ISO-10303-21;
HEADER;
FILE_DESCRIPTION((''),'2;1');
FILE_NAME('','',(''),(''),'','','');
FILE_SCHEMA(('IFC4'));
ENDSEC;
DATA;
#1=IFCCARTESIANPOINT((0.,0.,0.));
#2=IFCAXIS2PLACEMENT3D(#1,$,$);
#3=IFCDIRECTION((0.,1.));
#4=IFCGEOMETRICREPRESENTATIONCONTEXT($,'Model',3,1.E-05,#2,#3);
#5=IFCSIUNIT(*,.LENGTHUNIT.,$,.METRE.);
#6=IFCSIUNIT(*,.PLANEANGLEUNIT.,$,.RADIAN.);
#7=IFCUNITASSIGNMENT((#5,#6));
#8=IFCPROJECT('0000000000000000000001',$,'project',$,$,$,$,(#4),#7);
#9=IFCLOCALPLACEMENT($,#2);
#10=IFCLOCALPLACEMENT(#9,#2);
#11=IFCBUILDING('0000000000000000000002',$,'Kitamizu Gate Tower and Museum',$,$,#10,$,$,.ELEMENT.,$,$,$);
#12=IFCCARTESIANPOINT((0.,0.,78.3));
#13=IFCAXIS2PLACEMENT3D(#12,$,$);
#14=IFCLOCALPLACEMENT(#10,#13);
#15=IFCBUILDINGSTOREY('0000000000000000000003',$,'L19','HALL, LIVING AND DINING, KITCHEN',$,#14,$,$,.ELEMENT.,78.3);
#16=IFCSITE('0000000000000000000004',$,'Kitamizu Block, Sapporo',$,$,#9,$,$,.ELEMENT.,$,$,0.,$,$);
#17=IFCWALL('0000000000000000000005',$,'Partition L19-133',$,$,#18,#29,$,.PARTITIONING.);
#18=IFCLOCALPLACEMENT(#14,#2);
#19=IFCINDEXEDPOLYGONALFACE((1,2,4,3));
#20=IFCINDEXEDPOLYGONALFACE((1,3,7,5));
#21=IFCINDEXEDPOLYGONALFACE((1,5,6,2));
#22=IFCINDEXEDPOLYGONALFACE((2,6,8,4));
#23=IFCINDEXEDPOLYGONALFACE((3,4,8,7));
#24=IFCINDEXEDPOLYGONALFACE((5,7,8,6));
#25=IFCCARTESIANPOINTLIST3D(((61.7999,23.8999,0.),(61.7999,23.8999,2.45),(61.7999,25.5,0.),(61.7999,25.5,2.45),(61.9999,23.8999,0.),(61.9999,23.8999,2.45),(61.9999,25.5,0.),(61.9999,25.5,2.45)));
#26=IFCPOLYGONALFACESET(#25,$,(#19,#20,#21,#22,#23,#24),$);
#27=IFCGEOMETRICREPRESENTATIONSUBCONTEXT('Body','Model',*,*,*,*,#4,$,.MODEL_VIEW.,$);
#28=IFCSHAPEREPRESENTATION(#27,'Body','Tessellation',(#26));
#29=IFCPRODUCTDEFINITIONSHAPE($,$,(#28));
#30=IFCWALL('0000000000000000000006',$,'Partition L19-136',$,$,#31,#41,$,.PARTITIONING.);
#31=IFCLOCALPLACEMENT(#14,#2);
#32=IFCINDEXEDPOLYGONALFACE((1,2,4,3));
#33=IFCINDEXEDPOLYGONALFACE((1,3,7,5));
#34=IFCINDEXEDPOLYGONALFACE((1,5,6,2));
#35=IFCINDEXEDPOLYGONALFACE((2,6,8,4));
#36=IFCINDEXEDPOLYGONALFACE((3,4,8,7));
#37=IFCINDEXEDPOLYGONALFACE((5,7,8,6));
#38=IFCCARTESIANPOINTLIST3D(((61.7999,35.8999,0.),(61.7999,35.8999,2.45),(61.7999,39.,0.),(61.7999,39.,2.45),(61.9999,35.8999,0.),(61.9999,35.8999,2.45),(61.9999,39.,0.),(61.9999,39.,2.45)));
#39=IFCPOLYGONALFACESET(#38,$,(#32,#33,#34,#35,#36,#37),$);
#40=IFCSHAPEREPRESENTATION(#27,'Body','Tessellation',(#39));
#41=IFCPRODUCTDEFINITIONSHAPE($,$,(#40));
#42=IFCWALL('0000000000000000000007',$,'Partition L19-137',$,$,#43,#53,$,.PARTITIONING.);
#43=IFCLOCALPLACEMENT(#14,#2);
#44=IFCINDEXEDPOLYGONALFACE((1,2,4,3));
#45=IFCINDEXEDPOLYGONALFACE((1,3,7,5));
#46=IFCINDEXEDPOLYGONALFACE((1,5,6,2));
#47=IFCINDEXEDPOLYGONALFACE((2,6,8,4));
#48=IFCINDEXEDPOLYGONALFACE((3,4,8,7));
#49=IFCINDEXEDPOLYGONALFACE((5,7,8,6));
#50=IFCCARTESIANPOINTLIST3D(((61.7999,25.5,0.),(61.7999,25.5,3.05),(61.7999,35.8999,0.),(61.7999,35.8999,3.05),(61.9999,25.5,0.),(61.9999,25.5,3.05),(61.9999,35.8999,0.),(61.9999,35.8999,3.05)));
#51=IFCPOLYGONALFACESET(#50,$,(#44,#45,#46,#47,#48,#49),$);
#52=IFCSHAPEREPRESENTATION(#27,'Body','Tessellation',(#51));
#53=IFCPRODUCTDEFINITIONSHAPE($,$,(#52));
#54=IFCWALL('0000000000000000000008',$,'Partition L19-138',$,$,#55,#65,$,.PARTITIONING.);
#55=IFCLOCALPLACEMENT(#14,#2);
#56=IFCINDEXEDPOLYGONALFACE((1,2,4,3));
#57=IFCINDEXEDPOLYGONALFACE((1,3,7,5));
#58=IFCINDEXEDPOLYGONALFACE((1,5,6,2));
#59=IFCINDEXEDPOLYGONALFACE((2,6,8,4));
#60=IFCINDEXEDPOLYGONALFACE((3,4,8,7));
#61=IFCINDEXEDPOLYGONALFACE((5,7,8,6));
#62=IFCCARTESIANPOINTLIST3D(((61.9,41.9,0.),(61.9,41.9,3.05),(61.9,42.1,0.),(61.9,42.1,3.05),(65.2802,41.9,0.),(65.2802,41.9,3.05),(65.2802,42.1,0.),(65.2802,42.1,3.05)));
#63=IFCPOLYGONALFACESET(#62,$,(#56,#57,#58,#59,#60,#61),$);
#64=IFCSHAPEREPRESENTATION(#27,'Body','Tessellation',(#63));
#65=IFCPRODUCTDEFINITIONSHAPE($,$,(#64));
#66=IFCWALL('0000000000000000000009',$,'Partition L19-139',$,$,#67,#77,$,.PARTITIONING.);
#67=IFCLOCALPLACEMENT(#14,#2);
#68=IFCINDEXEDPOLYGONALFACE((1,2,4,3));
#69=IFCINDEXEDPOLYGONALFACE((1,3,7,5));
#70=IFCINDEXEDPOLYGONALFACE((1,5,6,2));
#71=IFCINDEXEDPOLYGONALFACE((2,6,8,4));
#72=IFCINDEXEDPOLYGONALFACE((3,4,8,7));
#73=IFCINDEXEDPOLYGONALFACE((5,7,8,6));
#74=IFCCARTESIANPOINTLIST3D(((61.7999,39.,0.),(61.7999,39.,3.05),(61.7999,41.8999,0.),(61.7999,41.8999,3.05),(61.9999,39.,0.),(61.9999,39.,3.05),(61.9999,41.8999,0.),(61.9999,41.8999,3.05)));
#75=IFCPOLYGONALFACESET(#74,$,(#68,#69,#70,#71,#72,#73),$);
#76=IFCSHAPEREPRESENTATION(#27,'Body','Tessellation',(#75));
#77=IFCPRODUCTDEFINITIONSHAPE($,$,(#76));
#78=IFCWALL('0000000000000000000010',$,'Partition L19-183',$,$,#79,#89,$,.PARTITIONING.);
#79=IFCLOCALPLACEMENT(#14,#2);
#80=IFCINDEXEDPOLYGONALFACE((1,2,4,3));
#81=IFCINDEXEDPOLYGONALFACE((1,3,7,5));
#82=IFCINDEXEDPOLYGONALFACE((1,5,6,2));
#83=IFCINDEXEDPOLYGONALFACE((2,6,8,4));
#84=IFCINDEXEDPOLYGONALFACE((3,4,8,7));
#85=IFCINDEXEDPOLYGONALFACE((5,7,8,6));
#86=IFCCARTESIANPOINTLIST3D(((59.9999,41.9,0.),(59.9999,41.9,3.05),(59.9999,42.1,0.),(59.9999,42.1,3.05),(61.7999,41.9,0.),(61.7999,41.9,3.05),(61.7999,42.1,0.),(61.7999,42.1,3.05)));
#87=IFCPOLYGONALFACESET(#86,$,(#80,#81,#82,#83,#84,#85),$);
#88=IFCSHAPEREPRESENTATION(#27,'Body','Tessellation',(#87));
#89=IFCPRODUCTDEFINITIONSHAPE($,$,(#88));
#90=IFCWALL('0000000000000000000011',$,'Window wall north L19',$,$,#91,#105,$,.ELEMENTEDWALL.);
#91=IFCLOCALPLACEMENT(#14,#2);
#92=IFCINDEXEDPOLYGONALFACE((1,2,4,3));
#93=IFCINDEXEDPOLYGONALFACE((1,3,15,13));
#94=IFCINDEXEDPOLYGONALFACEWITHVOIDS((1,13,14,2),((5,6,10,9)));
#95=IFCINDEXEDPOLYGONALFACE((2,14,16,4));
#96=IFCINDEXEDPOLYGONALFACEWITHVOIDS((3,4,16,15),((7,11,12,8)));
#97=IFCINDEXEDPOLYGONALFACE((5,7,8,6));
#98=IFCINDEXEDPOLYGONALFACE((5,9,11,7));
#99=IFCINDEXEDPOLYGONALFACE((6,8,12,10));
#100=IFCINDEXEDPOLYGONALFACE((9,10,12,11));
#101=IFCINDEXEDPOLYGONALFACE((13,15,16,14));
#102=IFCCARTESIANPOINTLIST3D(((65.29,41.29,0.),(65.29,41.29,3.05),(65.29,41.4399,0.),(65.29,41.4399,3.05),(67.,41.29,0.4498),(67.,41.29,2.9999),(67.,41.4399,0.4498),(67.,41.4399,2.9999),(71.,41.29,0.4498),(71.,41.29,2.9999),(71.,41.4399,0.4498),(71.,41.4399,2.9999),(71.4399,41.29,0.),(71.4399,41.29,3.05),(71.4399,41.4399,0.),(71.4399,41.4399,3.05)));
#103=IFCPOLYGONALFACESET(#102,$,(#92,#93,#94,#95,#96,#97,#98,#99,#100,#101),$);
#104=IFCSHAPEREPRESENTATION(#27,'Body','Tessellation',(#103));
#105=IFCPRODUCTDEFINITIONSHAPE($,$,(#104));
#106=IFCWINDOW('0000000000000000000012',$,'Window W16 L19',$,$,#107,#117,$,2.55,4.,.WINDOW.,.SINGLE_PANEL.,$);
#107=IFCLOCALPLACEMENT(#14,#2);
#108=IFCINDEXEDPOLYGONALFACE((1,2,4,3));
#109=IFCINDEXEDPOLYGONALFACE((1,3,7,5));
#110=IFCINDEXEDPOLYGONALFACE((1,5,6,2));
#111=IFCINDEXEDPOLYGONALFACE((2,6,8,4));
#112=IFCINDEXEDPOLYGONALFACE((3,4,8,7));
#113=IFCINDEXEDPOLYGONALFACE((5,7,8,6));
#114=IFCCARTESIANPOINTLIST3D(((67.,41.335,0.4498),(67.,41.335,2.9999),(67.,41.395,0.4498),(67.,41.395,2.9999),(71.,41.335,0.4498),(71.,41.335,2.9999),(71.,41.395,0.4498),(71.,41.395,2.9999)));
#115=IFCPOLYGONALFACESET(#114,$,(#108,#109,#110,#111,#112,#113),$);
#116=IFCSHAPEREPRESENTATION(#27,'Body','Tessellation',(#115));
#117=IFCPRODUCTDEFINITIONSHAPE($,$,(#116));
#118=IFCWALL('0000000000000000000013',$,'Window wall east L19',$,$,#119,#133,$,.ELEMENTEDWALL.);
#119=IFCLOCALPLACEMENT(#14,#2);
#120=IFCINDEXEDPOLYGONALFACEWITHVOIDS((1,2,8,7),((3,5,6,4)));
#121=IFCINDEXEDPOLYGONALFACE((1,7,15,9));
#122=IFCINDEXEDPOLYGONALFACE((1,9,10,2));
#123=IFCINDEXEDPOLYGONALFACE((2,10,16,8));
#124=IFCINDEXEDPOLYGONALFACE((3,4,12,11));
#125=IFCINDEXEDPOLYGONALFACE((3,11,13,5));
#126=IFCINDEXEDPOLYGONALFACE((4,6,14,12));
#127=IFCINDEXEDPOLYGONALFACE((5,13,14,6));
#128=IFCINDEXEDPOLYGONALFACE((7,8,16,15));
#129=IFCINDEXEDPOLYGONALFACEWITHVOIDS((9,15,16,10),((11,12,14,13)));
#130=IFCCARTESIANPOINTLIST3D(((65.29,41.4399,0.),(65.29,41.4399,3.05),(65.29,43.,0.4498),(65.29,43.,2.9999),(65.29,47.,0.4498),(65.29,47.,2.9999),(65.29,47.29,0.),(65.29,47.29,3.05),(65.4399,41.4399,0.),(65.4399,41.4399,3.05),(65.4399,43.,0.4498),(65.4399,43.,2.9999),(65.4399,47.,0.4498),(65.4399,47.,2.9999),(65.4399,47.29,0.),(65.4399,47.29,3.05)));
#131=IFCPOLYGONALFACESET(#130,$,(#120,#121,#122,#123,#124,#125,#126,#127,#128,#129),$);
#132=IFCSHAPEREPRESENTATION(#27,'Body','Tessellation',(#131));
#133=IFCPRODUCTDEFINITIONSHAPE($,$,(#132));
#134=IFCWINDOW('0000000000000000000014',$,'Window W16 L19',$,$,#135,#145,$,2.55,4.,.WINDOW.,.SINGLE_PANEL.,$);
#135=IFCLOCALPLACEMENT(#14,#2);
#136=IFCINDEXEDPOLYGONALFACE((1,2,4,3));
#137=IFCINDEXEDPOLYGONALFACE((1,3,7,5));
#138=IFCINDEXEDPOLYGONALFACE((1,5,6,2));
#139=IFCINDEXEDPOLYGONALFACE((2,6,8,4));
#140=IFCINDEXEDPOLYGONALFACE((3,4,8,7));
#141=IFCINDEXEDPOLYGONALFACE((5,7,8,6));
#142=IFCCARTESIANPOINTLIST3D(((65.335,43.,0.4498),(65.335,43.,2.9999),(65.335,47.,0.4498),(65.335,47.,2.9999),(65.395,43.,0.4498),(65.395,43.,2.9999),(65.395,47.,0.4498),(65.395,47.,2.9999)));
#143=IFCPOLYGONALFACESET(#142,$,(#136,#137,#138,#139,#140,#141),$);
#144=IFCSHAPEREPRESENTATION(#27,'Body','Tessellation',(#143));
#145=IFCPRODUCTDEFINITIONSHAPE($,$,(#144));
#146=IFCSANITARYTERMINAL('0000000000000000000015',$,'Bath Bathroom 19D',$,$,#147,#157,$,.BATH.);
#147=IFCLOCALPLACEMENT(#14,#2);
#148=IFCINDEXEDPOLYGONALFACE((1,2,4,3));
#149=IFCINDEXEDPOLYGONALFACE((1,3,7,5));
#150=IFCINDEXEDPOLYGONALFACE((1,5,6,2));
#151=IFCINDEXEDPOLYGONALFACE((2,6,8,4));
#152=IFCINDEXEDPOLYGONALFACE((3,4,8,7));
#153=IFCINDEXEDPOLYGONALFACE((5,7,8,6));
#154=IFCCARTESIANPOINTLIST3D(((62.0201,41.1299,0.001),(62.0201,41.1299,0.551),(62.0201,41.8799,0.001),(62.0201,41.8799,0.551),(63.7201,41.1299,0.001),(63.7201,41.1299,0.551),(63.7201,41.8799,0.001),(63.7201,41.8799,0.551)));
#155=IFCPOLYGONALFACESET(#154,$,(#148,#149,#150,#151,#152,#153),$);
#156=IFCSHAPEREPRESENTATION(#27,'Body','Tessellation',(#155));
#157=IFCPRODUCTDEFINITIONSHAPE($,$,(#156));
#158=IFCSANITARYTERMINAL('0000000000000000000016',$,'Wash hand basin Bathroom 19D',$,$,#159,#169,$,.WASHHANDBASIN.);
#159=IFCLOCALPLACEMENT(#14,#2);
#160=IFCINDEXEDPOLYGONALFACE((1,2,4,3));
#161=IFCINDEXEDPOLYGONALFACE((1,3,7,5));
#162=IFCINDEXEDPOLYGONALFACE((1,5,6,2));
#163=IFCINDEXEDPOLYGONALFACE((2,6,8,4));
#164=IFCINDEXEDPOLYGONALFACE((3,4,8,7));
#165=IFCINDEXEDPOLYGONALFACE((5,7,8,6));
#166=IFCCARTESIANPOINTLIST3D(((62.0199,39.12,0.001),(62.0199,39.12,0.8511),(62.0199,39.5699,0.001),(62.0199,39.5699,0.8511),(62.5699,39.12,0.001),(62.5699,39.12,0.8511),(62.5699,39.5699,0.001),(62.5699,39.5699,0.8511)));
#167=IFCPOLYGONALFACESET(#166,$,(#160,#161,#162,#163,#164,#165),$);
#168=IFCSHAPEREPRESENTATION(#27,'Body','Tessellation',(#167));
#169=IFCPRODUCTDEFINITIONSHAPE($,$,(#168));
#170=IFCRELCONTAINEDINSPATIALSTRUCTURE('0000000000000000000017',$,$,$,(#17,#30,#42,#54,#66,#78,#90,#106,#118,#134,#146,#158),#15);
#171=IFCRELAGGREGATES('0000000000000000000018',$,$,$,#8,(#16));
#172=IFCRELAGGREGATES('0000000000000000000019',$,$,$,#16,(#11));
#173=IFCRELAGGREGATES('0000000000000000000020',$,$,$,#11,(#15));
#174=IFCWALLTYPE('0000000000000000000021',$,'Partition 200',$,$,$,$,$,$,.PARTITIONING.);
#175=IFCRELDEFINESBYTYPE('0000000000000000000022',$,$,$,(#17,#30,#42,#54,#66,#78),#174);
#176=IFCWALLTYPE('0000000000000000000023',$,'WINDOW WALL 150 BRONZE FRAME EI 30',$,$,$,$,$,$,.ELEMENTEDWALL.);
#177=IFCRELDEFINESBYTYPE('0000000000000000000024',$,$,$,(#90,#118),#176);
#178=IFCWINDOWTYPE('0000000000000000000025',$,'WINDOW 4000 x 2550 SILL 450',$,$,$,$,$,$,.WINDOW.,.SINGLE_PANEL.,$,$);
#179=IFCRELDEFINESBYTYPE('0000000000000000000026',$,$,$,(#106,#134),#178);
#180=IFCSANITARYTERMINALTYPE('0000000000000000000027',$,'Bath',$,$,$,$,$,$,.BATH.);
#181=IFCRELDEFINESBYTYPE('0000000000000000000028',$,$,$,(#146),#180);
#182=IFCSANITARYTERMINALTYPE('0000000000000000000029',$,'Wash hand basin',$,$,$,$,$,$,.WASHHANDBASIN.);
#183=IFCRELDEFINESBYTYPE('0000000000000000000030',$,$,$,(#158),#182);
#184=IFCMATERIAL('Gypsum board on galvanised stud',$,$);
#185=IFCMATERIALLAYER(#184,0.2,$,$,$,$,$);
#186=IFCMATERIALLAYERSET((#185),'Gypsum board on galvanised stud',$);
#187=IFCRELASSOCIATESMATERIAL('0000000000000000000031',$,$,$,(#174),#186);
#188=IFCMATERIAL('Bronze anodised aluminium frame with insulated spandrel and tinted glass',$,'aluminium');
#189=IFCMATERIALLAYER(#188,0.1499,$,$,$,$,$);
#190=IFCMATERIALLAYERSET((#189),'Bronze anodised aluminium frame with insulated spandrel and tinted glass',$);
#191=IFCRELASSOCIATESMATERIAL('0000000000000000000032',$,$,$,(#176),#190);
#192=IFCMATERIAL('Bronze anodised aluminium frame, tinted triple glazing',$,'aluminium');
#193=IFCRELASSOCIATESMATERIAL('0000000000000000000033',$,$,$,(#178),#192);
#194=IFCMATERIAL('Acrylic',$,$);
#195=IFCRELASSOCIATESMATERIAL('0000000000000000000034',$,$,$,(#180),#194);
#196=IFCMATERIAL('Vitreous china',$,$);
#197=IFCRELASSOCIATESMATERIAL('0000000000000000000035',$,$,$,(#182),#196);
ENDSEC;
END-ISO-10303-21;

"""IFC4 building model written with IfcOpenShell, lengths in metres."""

from ifc_helpers import new_model, si_unit, direction, frame, frame_2d, origin, origin_2d, place, context, subcontext, project, spatial, rectangle, extrude, material, layer, layer_set, type_object, element, fill, save


model = new_model("IFC4")

# Units and contexts
model_context = context("Model", 3, precision=1e-05, world=origin(), true_north=direction((0.0, 1.0)))
body_context = subcontext(model_context, "Body", "Model", "MODEL_VIEW")
ifc_project = project(units=[si_unit("LENGTHUNIT", "METRE"), si_unit("PLANEANGLEUNIT", "RADIAN")], contexts=[model_context])

# Site, building, storey
site_placement = place(None, origin())
site = spatial("IfcSite", under=ifc_project, at=site_placement, Name="Kitamizu Block, Sapporo", CompositionType="ELEMENT", RefElevation=0.0)
building_placement = place(site_placement, origin())
building = spatial("IfcBuilding", under=site, at=building_placement, Name="Kitamizu Gate Tower and Museum", CompositionType="ELEMENT")
storey_placement = place(building_placement, frame((0.0, 0.0, 78.3)))
storey = spatial("IfcBuildingStorey", under=building, at=storey_placement, Name="L19", Description="HALL, LIVING AND DINING, KITCHEN", CompositionType="ELEMENT", Elevation=78.3)

# Walls
ifc_material_1 = material(Name="Gypsum board on galvanised stud")
ifc_layer_1 = layer(ifc_material_1, 0.2)
ifc_layer_set_1 = layer_set([ifc_layer_1], Name="Gypsum board on galvanised stud")
wall_type_1 = type_object("IfcWallType", Name="Partition 200", PredefinedType="PARTITIONING", material=ifc_layer_set_1)
wall_1_placement = place(storey_placement, frame((61.8999, 25.5, 0.0), z_axis=(0.0, 0.0, 1.0), x_axis=(0.0, -1.0, 0.0)))
element("IfcWall", 1, at=wall_1_placement, inside=storey, type_object=wall_type_1, Name="Partition L19-133", PredefinedType="PARTITIONING", context=body_context, shape_type="SweptSolid", body=[
    extrude(rectangle(XDim=1.6001, YDim=0.2, at=frame_2d((0.8, 0.0))), origin(), (0.0, 0.0, 1.0), 2.45),
])
wall_2_placement = place(storey_placement, frame((61.8999, 39.0, 0.0), z_axis=(0.0, 0.0, 1.0), x_axis=(0.0, -1.0, 0.0)))
element("IfcWall", 2, at=wall_2_placement, inside=storey, type_object=wall_type_1, Name="Partition L19-136", PredefinedType="PARTITIONING", context=body_context, shape_type="SweptSolid", body=[
    extrude(rectangle(XDim=3.1001, YDim=0.2, at=frame_2d((1.55, 0.0))), origin(), (0.0, 0.0, 1.0), 2.45),
])
wall_3_placement = place(storey_placement, frame((61.8999, 35.8999, 0.0), z_axis=(0.0, 0.0, 1.0), x_axis=(0.0, -1.0, 0.0)))
element("IfcWall", 3, at=wall_3_placement, inside=storey, type_object=wall_type_1, Name="Partition L19-137", PredefinedType="PARTITIONING", context=body_context, shape_type="SweptSolid", body=[
    extrude(rectangle(XDim=10.3999, YDim=0.2, at=frame_2d((5.2, 0.0))), origin(), (0.0, 0.0, 1.0), 3.05),
])
wall_4_placement = place(storey_placement, frame((65.28, 42.0, 0.0), z_axis=(0.0, 0.0, 1.0), x_axis=(-1.0, 0.0, 0.0)))
element("IfcWall", 4, at=wall_4_placement, inside=storey, type_object=wall_type_1, Name="Partition L19-138", PredefinedType="PARTITIONING", context=body_context, shape_type="SweptSolid", body=[
    extrude(rectangle(XDim=3.3801, YDim=0.2, at=frame_2d((1.6899, 0.0))), origin(), (0.0, 0.0, 1.0), 3.05),
])
wall_5_placement = place(storey_placement, frame((61.8999, 41.8999, 0.0), z_axis=(0.0, 0.0, 1.0), x_axis=(0.0, -1.0, 0.0)))
element("IfcWall", 5, at=wall_5_placement, inside=storey, type_object=wall_type_1, Name="Partition L19-139", PredefinedType="PARTITIONING", context=body_context, shape_type="SweptSolid", body=[
    extrude(rectangle(XDim=2.8999, YDim=0.2, at=frame_2d((1.45, 0.0))), origin(), (0.0, 0.0, 1.0), 3.05),
])
wall_6_placement = place(storey_placement, frame((60.0, 42.0, 0.0), z_axis=(0.0, 0.0, 1.0), x_axis=(1.0, 0.0, 0.0)))
element("IfcWall", 6, at=wall_6_placement, inside=storey, type_object=wall_type_1, Name="Partition L19-183", PredefinedType="PARTITIONING", context=body_context, shape_type="SweptSolid", body=[
    extrude(rectangle(XDim=1.8, YDim=0.2, at=frame_2d((0.8999, 0.0))), origin(), (0.0, 0.0, 1.0), 3.05),
])

# Walls, openings, windows
ifc_material_2 = material(Name="Bronze anodised aluminium frame with insulated spandrel and tinted glass", Category="aluminium")
ifc_layer_2 = layer(ifc_material_2, 0.1499)
ifc_layer_set_2 = layer_set([ifc_layer_2], Name="Bronze anodised aluminium frame with insulated spandrel and tinted glass")
wall_type_2 = type_object("IfcWallType", Name="WINDOW WALL 150 BRONZE FRAME EI 30", PredefinedType="ELEMENTEDWALL", material=ifc_layer_set_2)
wall_7_placement = place(storey_placement, frame((65.29, 41.365, 0.0), z_axis=(0.0, 0.0, 1.0), x_axis=(1.0, 0.0, 0.0)))
wall_7 = element("IfcWall", 7, at=wall_7_placement, inside=storey, type_object=wall_type_2, Name="Window wall north L19", PredefinedType="ELEMENTEDWALL", context=body_context, shape_type="SweptSolid", body=[
    extrude(rectangle(XDim=6.1499, YDim=0.1499, at=frame_2d((3.075, 0.0))), origin(), (0.0, 0.0, 1.0), 3.05),
])
opening_1_placement = place(wall_7_placement, frame((1.71, 0.0, 0.45)))
opening_1 = element("IfcOpeningElement", 8, at=opening_1_placement, cuts=wall_7, PredefinedType="OPENING", context=body_context, shape_type="SweptSolid", body=[
    extrude(rectangle(XDim=4.0, YDim=2.55, at=frame_2d((2.0, 1.2749))), frame((0.0, 0.085, 0.0), z_axis=(0.0, -1.0, 0.0), x_axis=(1.0, 0.0, 0.0)), (0.0, 0.0, 1.0), 0.1699),
])
ifc_material_3 = material(Name="Bronze anodised aluminium frame, tinted triple glazing", Category="aluminium")
window_type = type_object("IfcWindowType", Name="WINDOW 4000 x 2550 SILL 450", PartitioningType="SINGLE_PANEL", PredefinedType="WINDOW", material=ifc_material_3)
window_1_placement = place(opening_1_placement, origin())
window_1 = element("IfcWindow", 9, at=window_1_placement, inside=storey, type_object=window_type, Name="Window W16 L19", OverallHeight=2.55, OverallWidth=4.0, PartitioningType="SINGLE_PANEL", PredefinedType="WINDOW", context=body_context, shape_type="SweptSolid", body=[
    extrude(rectangle(XDim=4.0, YDim=2.55, at=frame_2d((2.0, 1.2749))), frame((0.0, 0.03, 0.0), z_axis=(0.0, -1.0, 0.0), x_axis=(1.0, 0.0, 0.0)), (0.0, 0.0, 1.0), 0.0601),
])
fill(opening_1, window_1)
wall_8_placement = place(storey_placement, frame((65.365, 41.4399, 0.0), z_axis=(0.0, 0.0, 1.0), x_axis=(0.0, 1.0, 0.0)))
wall_8 = element("IfcWall", 10, at=wall_8_placement, inside=storey, type_object=wall_type_2, Name="Window wall east L19", PredefinedType="ELEMENTEDWALL", context=body_context, shape_type="SweptSolid", body=[
    extrude(rectangle(XDim=5.8501, YDim=0.1499, at=frame_2d((2.925, 0.0))), origin(), (0.0, 0.0, 1.0), 3.05),
])
opening_2_placement = place(wall_8_placement, frame((1.5601, 0.0, 0.45)))
opening_2 = element("IfcOpeningElement", 11, at=opening_2_placement, cuts=wall_8, PredefinedType="OPENING", context=body_context, shape_type="SweptSolid", body=[
    extrude(rectangle(XDim=4.0, YDim=2.55, at=frame_2d((2.0, 1.2749))), frame((0.0, 0.085, 0.0), z_axis=(0.0, -1.0, 0.0), x_axis=(1.0, 0.0, 0.0)), (0.0, 0.0, 1.0), 0.1699),
])
window_2_placement = place(opening_2_placement, origin())
window_2 = element("IfcWindow", 12, at=window_2_placement, inside=storey, type_object=window_type, Name="Window W16 L19", OverallHeight=2.55, OverallWidth=4.0, PartitioningType="SINGLE_PANEL", PredefinedType="WINDOW", context=body_context, shape_type="SweptSolid", body=[
    extrude(rectangle(XDim=4.0, YDim=2.55, at=frame_2d((2.0, 1.2749))), frame((0.0, 0.03, 0.0), z_axis=(0.0, -1.0, 0.0), x_axis=(1.0, 0.0, 0.0)), (0.0, 0.0, 1.0), 0.0601),
])
fill(opening_2, window_2)

# Sanitary terminals
ifc_material_4 = material(Name="Acrylic")
sanitary_terminal_type_1 = type_object("IfcSanitaryTerminalType", Name="Bath", PredefinedType="BATH", material=ifc_material_4)
sanitary_terminal_1_placement = place(storey_placement, frame((62.8701, 41.5049, 0.001), z_axis=(0.0, 0.0, 1.0), x_axis=(1.0, 0.0, 0.0)))
element("IfcSanitaryTerminal", 13, at=sanitary_terminal_1_placement, inside=storey, type_object=sanitary_terminal_type_1, Name="Bath Bathroom 19D", PredefinedType="BATH", context=body_context, shape_type="SweptSolid", body=[
    extrude(rectangle(XDim=1.7, YDim=0.75, at=origin_2d()), origin(), (0.0, 0.0, 1.0), 0.55),
])
ifc_material_5 = material(Name="Vitreous china")
sanitary_terminal_type_2 = type_object("IfcSanitaryTerminalType", Name="Wash hand basin", PredefinedType="WASHHANDBASIN", material=ifc_material_5)
sanitary_terminal_2_placement = place(storey_placement, frame((62.2949, 39.345, 0.001), z_axis=(0.0, 0.0, 1.0), x_axis=(1.0, 0.0, 0.0)))
element("IfcSanitaryTerminal", 14, at=sanitary_terminal_2_placement, inside=storey, type_object=sanitary_terminal_type_2, Name="Wash hand basin Bathroom 19D", PredefinedType="WASHHANDBASIN", context=body_context, shape_type="SweptSolid", body=[
    extrude(rectangle(XDim=0.55, YDim=0.45, at=origin_2d()), origin(), (0.0, 0.0, 1.0), 0.8501),
])

save(model, "model.ifc")
